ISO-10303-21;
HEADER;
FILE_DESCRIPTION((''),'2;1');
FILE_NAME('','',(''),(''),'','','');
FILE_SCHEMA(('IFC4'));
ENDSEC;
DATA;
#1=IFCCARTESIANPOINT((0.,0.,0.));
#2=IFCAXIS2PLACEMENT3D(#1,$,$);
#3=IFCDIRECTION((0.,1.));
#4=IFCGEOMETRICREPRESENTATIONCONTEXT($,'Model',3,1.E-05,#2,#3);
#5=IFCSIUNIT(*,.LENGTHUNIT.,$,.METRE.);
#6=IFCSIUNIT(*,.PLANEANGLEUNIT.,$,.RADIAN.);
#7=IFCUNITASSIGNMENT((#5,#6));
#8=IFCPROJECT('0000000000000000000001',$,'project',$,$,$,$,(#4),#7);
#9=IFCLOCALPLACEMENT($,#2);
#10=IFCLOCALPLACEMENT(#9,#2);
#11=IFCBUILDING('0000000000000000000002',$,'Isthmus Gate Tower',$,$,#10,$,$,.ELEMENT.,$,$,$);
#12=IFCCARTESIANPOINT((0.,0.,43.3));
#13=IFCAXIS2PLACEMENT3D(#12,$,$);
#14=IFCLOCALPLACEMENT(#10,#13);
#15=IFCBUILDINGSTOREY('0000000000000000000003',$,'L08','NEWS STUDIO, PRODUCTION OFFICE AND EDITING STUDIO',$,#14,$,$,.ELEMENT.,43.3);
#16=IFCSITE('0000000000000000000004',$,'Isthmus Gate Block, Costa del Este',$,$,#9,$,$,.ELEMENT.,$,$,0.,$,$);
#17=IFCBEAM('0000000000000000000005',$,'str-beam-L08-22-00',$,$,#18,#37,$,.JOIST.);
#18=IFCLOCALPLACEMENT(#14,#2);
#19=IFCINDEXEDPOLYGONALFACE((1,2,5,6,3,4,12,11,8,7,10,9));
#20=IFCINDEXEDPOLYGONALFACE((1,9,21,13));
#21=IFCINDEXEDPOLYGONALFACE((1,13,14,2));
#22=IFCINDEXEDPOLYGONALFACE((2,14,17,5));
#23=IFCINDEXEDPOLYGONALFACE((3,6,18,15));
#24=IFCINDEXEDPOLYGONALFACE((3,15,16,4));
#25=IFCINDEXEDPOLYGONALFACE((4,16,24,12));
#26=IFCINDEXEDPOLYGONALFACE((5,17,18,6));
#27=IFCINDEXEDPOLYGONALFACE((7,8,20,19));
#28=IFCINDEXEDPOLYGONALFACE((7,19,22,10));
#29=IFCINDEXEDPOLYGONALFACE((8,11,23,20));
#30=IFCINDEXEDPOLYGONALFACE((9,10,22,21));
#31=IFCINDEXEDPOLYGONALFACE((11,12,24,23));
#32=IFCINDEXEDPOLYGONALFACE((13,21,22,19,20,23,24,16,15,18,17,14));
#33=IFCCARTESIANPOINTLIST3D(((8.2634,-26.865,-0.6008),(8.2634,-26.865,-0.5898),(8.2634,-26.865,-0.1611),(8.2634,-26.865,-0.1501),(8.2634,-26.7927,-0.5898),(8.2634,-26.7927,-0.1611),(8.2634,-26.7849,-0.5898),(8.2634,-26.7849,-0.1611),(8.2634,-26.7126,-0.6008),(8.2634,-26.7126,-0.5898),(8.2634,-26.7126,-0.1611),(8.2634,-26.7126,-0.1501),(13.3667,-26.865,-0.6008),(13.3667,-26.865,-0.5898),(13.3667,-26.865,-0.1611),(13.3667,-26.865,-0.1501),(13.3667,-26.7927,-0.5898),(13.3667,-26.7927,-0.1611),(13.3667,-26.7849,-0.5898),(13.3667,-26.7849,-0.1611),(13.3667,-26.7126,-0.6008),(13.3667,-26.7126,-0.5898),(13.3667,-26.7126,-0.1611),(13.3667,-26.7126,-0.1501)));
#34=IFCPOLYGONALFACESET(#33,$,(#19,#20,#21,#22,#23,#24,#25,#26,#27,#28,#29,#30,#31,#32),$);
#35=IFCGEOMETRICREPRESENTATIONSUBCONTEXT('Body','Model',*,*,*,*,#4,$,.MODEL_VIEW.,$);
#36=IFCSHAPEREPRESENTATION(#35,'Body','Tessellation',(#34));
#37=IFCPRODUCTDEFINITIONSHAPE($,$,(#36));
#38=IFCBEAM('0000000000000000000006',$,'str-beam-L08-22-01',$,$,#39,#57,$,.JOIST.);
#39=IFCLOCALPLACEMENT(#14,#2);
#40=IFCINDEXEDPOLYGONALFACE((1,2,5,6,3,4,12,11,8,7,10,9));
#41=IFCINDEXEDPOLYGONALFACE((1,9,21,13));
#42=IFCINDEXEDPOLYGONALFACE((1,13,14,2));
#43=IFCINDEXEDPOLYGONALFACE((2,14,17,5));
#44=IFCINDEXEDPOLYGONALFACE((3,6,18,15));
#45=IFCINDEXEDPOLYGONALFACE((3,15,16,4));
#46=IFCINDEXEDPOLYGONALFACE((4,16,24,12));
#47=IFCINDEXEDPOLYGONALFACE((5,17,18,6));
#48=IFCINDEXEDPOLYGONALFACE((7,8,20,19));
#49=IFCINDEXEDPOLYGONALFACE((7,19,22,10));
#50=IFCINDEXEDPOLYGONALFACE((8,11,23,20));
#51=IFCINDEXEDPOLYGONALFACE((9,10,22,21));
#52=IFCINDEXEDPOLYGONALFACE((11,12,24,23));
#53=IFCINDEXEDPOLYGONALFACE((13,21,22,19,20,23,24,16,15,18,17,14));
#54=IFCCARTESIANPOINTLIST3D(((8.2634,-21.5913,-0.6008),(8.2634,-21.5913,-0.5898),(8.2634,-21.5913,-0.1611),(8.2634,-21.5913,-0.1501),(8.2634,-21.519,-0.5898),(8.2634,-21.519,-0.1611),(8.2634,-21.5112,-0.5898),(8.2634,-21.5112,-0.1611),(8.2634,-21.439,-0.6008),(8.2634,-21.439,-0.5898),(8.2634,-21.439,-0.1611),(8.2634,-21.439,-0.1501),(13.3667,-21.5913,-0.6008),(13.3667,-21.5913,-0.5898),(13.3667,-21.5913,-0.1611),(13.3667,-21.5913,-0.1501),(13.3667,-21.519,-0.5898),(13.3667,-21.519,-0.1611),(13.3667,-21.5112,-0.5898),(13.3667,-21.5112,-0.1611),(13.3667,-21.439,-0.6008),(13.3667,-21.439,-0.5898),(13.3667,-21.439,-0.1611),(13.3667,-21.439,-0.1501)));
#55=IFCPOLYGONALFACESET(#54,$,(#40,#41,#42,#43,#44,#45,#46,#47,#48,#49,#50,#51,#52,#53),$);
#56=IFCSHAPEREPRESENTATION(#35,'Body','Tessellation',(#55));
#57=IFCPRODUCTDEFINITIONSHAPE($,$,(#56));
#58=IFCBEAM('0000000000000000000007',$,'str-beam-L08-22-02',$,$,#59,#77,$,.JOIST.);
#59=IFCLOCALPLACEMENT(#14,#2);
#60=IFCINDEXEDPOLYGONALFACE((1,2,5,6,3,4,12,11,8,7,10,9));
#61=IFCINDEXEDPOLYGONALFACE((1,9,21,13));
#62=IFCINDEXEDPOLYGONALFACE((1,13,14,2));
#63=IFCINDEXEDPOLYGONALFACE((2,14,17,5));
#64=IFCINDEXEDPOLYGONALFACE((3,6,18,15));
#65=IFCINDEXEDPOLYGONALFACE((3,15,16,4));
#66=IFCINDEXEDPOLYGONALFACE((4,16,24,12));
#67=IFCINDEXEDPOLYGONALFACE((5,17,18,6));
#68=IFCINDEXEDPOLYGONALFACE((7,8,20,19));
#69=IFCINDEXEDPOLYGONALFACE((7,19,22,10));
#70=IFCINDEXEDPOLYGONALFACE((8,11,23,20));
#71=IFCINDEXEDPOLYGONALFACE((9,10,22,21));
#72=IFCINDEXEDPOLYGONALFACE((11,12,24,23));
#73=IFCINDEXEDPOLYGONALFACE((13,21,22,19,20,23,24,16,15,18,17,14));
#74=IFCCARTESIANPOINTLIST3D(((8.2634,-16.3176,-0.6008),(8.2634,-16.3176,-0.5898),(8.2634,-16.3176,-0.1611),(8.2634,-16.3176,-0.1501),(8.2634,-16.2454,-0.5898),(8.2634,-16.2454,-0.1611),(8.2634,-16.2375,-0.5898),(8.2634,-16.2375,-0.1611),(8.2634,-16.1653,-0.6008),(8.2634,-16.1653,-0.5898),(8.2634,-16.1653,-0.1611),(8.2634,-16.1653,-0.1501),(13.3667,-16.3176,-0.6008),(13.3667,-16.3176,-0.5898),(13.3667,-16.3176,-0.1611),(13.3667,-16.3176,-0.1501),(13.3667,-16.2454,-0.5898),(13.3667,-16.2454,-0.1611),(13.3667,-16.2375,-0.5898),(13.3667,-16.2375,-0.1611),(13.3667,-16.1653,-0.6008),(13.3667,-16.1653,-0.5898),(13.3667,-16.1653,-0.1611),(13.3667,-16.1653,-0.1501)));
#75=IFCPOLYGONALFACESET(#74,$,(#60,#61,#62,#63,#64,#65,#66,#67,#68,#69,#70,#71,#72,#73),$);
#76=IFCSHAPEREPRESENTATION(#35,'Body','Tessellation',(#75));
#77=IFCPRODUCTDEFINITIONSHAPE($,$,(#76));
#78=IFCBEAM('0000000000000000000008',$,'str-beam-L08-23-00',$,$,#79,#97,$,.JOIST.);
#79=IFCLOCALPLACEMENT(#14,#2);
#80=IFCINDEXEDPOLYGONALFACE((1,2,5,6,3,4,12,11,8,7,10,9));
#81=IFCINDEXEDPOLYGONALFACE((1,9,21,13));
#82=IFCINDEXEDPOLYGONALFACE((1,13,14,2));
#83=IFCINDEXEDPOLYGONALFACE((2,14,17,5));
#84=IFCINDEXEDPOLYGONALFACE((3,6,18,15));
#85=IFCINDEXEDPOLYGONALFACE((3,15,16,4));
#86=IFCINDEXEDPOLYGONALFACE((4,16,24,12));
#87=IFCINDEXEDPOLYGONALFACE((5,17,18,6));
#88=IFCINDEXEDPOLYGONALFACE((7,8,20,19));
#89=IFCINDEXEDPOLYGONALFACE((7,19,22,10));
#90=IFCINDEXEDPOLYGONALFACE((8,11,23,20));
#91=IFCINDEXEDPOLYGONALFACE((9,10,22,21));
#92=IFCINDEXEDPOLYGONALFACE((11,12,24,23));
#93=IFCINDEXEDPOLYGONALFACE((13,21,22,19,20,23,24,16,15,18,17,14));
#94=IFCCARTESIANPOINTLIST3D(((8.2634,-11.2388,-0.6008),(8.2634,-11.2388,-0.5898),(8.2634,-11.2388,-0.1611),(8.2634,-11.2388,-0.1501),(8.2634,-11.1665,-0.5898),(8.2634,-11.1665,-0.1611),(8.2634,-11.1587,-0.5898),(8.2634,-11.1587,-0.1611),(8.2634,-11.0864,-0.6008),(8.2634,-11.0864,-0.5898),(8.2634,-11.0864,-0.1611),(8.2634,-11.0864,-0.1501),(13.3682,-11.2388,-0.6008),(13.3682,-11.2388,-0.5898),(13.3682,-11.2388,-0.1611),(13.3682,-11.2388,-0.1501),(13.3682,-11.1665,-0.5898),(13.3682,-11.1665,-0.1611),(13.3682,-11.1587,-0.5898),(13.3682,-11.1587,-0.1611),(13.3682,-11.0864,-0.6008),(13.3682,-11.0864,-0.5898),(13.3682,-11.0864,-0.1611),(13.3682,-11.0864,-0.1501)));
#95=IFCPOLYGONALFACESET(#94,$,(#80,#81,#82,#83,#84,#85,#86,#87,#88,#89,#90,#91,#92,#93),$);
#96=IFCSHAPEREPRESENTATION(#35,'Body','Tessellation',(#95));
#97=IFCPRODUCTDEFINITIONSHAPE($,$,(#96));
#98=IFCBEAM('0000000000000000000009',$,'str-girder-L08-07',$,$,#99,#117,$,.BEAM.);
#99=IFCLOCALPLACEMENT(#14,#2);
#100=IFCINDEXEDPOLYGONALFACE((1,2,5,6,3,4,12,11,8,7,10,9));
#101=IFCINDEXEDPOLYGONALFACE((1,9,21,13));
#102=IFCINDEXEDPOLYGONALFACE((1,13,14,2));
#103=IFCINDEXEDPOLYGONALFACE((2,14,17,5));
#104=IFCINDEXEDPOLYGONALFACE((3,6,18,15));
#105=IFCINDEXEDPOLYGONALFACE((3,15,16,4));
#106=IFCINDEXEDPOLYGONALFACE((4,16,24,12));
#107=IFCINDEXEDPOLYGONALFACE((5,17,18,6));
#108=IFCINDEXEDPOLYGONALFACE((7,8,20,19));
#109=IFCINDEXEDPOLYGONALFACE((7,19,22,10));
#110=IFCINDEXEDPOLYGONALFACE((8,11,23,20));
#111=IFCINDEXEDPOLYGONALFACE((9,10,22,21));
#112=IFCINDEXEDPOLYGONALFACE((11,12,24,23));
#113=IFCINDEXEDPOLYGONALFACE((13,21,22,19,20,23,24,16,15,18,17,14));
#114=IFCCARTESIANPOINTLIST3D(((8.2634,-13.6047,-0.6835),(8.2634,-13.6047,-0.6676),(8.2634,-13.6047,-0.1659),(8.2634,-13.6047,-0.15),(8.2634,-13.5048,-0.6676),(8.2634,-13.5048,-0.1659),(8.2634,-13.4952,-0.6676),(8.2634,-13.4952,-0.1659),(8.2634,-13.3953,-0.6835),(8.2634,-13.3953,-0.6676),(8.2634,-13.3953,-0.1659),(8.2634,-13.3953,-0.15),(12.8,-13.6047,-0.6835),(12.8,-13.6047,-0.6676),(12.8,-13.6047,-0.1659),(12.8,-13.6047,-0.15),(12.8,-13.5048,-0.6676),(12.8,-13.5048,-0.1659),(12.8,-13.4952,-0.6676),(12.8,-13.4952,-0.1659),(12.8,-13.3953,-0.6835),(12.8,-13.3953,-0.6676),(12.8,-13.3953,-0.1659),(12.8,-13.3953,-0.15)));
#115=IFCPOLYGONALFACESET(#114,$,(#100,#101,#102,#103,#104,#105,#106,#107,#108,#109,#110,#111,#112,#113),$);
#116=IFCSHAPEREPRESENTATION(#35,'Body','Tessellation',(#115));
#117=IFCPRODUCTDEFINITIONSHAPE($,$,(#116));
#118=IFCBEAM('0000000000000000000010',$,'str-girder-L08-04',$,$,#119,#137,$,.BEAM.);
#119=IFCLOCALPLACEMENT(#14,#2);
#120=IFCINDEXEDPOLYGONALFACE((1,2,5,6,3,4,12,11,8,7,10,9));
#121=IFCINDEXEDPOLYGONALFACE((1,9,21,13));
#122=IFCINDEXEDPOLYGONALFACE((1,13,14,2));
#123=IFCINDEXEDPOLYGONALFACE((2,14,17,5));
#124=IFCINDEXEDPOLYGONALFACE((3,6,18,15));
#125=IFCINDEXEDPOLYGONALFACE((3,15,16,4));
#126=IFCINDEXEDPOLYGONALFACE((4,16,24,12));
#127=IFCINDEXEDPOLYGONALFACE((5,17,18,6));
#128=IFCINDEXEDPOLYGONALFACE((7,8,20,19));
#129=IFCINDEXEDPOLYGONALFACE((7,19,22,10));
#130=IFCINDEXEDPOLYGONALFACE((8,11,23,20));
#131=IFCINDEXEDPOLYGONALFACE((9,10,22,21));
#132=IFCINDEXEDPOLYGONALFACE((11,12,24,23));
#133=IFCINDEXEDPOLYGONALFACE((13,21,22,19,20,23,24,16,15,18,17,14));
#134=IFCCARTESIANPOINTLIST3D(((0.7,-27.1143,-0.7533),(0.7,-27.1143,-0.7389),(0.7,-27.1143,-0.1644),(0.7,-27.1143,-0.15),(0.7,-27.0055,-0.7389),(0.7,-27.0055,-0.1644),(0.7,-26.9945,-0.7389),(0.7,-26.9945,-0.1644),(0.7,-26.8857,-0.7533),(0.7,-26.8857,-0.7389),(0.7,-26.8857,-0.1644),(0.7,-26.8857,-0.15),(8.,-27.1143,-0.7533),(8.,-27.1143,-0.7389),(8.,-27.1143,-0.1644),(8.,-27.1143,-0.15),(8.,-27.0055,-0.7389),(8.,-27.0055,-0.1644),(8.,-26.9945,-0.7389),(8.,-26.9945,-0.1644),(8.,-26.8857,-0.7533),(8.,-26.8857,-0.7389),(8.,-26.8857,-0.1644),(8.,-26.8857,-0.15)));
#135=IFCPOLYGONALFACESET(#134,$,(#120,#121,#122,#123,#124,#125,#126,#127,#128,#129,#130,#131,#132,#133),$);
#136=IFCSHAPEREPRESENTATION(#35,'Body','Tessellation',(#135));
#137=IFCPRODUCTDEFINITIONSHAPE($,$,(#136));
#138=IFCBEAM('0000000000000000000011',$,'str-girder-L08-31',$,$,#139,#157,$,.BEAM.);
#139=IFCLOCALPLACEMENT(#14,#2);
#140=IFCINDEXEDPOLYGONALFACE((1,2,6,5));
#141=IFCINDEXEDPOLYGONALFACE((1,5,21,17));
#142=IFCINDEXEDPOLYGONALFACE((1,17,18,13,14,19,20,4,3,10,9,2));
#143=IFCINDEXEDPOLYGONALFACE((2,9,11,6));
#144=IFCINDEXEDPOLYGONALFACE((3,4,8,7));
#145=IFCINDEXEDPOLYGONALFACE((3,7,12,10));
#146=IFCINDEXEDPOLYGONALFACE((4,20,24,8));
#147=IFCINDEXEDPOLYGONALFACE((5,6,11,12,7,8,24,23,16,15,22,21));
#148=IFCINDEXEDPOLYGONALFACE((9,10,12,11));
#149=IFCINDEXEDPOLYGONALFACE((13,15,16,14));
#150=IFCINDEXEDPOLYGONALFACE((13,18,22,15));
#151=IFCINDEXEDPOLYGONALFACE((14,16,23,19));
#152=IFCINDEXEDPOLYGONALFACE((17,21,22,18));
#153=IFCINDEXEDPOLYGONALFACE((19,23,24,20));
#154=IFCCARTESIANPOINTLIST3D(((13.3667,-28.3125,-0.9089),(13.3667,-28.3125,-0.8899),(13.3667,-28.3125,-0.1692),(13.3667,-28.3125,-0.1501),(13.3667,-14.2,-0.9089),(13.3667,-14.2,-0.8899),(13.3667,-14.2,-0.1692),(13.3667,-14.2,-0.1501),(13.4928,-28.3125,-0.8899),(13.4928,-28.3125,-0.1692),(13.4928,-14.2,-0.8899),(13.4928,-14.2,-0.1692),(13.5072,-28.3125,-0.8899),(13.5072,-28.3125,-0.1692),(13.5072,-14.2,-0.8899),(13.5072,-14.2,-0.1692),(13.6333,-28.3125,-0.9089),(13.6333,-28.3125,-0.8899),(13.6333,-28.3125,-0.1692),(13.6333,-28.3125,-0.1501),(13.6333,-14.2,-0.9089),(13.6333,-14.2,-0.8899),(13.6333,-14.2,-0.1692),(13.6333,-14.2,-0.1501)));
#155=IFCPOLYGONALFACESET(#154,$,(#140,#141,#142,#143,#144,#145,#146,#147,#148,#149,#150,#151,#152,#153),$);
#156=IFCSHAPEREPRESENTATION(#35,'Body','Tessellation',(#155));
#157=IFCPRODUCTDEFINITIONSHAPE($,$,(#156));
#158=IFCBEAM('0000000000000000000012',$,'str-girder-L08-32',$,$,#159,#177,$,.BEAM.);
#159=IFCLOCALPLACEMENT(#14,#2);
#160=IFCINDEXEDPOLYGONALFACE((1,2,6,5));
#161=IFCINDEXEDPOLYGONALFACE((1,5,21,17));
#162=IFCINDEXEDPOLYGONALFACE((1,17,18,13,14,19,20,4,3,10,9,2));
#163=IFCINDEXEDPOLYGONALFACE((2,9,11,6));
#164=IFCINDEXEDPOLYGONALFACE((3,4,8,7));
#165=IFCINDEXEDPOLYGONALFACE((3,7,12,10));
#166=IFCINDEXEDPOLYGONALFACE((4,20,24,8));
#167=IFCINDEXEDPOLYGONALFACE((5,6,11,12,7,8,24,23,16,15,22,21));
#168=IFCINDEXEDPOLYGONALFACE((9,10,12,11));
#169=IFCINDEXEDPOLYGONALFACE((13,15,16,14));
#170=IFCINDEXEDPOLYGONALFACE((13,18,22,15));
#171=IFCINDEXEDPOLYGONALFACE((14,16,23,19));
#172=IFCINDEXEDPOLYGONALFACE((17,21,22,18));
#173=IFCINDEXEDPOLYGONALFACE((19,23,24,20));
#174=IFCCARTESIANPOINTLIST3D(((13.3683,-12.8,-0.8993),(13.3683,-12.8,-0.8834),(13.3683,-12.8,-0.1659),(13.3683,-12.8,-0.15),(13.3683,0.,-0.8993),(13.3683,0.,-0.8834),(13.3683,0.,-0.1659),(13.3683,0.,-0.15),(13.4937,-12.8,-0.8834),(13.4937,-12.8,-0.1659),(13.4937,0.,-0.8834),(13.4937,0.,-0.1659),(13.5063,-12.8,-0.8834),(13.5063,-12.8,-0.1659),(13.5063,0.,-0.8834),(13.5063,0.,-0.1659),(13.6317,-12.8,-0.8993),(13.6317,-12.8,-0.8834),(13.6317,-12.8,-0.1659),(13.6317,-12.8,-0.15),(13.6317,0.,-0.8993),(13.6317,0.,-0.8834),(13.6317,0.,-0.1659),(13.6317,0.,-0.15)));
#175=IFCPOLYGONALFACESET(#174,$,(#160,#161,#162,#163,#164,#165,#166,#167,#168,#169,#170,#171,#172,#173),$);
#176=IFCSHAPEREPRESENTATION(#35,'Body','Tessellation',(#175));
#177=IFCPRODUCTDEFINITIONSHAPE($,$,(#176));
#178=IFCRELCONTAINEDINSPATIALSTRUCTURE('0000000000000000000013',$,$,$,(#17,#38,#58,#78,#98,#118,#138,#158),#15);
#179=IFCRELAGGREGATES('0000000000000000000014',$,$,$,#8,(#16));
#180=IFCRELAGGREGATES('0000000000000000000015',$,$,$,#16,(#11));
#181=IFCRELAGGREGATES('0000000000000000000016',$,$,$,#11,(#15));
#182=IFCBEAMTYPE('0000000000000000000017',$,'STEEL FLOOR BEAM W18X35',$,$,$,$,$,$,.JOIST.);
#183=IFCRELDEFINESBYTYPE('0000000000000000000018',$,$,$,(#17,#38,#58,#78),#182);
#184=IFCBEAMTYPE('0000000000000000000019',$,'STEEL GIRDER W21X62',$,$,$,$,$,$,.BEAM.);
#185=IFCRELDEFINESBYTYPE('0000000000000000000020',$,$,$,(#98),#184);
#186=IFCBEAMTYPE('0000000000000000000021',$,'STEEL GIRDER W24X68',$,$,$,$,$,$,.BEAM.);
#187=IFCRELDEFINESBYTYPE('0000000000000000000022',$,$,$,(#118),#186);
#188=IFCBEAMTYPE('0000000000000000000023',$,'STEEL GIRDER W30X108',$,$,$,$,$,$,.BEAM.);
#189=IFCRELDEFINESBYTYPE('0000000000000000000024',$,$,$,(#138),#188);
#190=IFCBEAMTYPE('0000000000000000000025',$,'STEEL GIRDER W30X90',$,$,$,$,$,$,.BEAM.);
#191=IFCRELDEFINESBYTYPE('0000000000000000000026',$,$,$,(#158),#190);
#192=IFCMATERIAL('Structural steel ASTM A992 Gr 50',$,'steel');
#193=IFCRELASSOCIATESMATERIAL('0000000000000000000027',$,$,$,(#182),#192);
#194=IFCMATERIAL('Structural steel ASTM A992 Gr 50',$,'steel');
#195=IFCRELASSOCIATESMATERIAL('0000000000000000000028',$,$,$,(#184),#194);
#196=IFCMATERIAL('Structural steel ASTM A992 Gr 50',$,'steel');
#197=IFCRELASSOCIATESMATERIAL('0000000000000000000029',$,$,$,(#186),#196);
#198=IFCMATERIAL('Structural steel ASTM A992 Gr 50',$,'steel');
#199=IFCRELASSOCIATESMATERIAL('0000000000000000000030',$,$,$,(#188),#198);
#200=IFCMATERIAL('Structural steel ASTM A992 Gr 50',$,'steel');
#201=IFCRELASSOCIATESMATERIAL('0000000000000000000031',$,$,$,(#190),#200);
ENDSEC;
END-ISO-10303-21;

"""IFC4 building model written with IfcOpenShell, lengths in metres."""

from ifc_helpers import new_model, si_unit, direction, frame, origin, origin_2d, place, context, subcontext, project, spatial, i_section, extrude, material, material_profile, profile_set, type_object, element, save


model = new_model("IFC4")

# Units and contexts
model_context = context("Model", 3, precision=1e-05, world=origin(), true_north=direction((0.0, 1.0)))
body_context = subcontext(model_context, "Body", "Model", "MODEL_VIEW")
ifc_project = project(units=[si_unit("LENGTHUNIT", "METRE"), si_unit("PLANEANGLEUNIT", "RADIAN")], contexts=[model_context])

# Site, building, storey
site_placement = place(None, origin())
site = spatial("IfcSite", under=ifc_project, at=site_placement, Name="Isthmus Gate Block, Costa del Este", CompositionType="ELEMENT", RefElevation=0.0)
building_placement = place(site_placement, origin())
building = spatial("IfcBuilding", under=site, at=building_placement, Name="Isthmus Gate Tower", CompositionType="ELEMENT")
storey_placement = place(building_placement, frame((0.0, 0.0, 43.3)))
storey = spatial("IfcBuildingStorey", under=building, at=storey_placement, Name="L08", Description="NEWS STUDIO, PRODUCTION OFFICE AND EDITING STUDIO", CompositionType="ELEMENT", Elevation=43.3)

# Beams
ifc_material_1 = material(Name="Structural steel ASTM A992 Gr 50", Category="steel")
ifc_material_profile_1 = material_profile(ifc_material_1, i_section(OverallWidth=0.1523, OverallDepth=0.4507, WebThickness=0.0078, FlangeThickness=0.011, at=origin_2d()), Name="W18X35")
ifc_profile_set_1 = profile_set([ifc_material_profile_1], Name="Structural steel ASTM A992 Gr 50")
beam_type_1 = type_object("IfcBeamType", Name="STEEL FLOOR BEAM W18X35", PredefinedType="JOIST", material=ifc_profile_set_1)
for number, where, z_axis, x_axis, name in (
    (1, (8.2634, -26.7888, -0.3755), (1.0, 0.0, 0.0), (0.0, 1.0, 0.0), "str-beam-L08-22-00"),
    (2, (8.2634, -21.5151, -0.3755), (1.0, 0.0, 0.0), (0.0, 1.0, 0.0), "str-beam-L08-22-01"),
    (3, (8.2634, -16.2415, -0.3755), (1.0, 0.0, 0.0), (0.0, 1.0, 0.0), "str-beam-L08-22-02"),
):
    element("IfcBeam", number, at=place(storey_placement, frame(where, z_axis=z_axis, x_axis=x_axis)), inside=storey, type_object=beam_type_1, Name=name, PredefinedType="JOIST", context=body_context, shape_type="SweptSolid", body=[
        extrude(i_section(OverallWidth=0.1523, OverallDepth=0.4507, WebThickness=0.0078, FlangeThickness=0.011, at=origin_2d()), origin(), (0.0, 0.0, 1.0), 5.1033),
    ])
beam_1_placement = place(storey_placement, frame((8.2634, -11.1626, -0.3755), z_axis=(1.0, 0.0, 0.0), x_axis=(0.0, 1.0, 0.0)))
element("IfcBeam", 4, at=beam_1_placement, inside=storey, type_object=beam_type_1, Name="str-beam-L08-23-00", PredefinedType="JOIST", context=body_context, shape_type="SweptSolid", body=[
    extrude(i_section(OverallWidth=0.1523, OverallDepth=0.4507, WebThickness=0.0078, FlangeThickness=0.011, at=origin_2d()), origin(), (0.0, 0.0, 1.0), 5.1047),
])
ifc_material_2 = material(Name="Structural steel ASTM A992 Gr 50", Category="steel")
ifc_material_profile_2 = material_profile(ifc_material_2, i_section(OverallWidth=0.2095, OverallDepth=0.5334, WebThickness=0.0095, FlangeThickness=0.0159, at=origin_2d()), Name="W21X62")
ifc_profile_set_2 = profile_set([ifc_material_profile_2], Name="Structural steel ASTM A992 Gr 50")
beam_type_2 = type_object("IfcBeamType", Name="STEEL GIRDER W21X62", PredefinedType="BEAM", material=ifc_profile_set_2)
beam_2_placement = place(storey_placement, frame((8.2634, -13.5, -0.4167), z_axis=(1.0, 0.0, 0.0), x_axis=(0.0, 1.0, 0.0)))
element("IfcBeam", 5, at=beam_2_placement, inside=storey, type_object=beam_type_2, Name="str-girder-L08-07", PredefinedType="BEAM", context=body_context, shape_type="SweptSolid", body=[
    extrude(i_section(OverallWidth=0.2095, OverallDepth=0.5334, WebThickness=0.0095, FlangeThickness=0.0159, at=origin_2d()), origin(), (0.0, 0.0, 1.0), 4.5366),
])
ifc_material_3 = material(Name="Structural steel ASTM A992 Gr 50", Category="steel")
ifc_material_profile_3 = material_profile(ifc_material_3, i_section(OverallWidth=0.2285, OverallDepth=0.6033, WebThickness=0.011, FlangeThickness=0.0144, at=origin_2d()), Name="W24X68")
ifc_profile_set_3 = profile_set([ifc_material_profile_3], Name="Structural steel ASTM A992 Gr 50")
beam_type_3 = type_object("IfcBeamType", Name="STEEL GIRDER W24X68", PredefinedType="BEAM", material=ifc_profile_set_3)
beam_3_placement = place(storey_placement, frame((0.7, -27.0, -0.4517), z_axis=(1.0, 0.0, 0.0), x_axis=(0.0, 1.0, 0.0)))
element("IfcBeam", 6, at=beam_3_placement, inside=storey, type_object=beam_type_3, Name="str-girder-L08-04", PredefinedType="BEAM", context=body_context, shape_type="SweptSolid", body=[
    extrude(i_section(OverallWidth=0.2285, OverallDepth=0.6033, WebThickness=0.011, FlangeThickness=0.0144, at=origin_2d()), origin(), (0.0, 0.0, 1.0), 7.3),
])
ifc_material_4 = material(Name="Structural steel ASTM A992 Gr 50", Category="steel")
ifc_material_profile_4 = material_profile(ifc_material_4, i_section(OverallWidth=0.2666, OverallDepth=0.7588, WebThickness=0.0144, FlangeThickness=0.019, at=origin_2d()), Name="W30X108")
ifc_profile_set_4 = profile_set([ifc_material_profile_4], Name="Structural steel ASTM A992 Gr 50")
beam_type_4 = type_object("IfcBeamType", Name="STEEL GIRDER W30X108", PredefinedType="BEAM", material=ifc_profile_set_4)
beam_4_placement = place(storey_placement, frame((13.5, -28.3125, -0.5295), z_axis=(0.0, 1.0, 0.0), x_axis=(-1.0, 0.0, 0.0)))
element("IfcBeam", 7, at=beam_4_placement, inside=storey, type_object=beam_type_4, Name="str-girder-L08-31", PredefinedType="BEAM", context=body_context, shape_type="SweptSolid", body=[
    extrude(i_section(OverallWidth=0.2666, OverallDepth=0.7588, WebThickness=0.0144, FlangeThickness=0.019, at=origin_2d()), origin(), (0.0, 0.0, 1.0), 14.1125),
])
ifc_material_5 = material(Name="Structural steel ASTM A992 Gr 50", Category="steel")
ifc_material_profile_5 = material_profile(ifc_material_5, i_section(OverallWidth=0.2634, OverallDepth=0.7493, WebThickness=0.0127, FlangeThickness=0.0159, at=origin_2d()), Name="W30X90")
ifc_profile_set_5 = profile_set([ifc_material_profile_5], Name="Structural steel ASTM A992 Gr 50")
beam_type_5 = type_object("IfcBeamType", Name="STEEL GIRDER W30X90", PredefinedType="BEAM", material=ifc_profile_set_5)
beam_5_placement = place(storey_placement, frame((13.5, -12.8, -0.5247), z_axis=(0.0, 1.0, 0.0), x_axis=(-1.0, 0.0, 0.0)))
element("IfcBeam", 8, at=beam_5_placement, inside=storey, type_object=beam_type_5, Name="str-girder-L08-32", PredefinedType="BEAM", context=body_context, shape_type="SweptSolid", body=[
    extrude(i_section(OverallWidth=0.2634, OverallDepth=0.7493, WebThickness=0.0127, FlangeThickness=0.0159, at=origin_2d()), origin(), (0.0, 0.0, 1.0), 12.8),
])

save(model, "model.ifc")
